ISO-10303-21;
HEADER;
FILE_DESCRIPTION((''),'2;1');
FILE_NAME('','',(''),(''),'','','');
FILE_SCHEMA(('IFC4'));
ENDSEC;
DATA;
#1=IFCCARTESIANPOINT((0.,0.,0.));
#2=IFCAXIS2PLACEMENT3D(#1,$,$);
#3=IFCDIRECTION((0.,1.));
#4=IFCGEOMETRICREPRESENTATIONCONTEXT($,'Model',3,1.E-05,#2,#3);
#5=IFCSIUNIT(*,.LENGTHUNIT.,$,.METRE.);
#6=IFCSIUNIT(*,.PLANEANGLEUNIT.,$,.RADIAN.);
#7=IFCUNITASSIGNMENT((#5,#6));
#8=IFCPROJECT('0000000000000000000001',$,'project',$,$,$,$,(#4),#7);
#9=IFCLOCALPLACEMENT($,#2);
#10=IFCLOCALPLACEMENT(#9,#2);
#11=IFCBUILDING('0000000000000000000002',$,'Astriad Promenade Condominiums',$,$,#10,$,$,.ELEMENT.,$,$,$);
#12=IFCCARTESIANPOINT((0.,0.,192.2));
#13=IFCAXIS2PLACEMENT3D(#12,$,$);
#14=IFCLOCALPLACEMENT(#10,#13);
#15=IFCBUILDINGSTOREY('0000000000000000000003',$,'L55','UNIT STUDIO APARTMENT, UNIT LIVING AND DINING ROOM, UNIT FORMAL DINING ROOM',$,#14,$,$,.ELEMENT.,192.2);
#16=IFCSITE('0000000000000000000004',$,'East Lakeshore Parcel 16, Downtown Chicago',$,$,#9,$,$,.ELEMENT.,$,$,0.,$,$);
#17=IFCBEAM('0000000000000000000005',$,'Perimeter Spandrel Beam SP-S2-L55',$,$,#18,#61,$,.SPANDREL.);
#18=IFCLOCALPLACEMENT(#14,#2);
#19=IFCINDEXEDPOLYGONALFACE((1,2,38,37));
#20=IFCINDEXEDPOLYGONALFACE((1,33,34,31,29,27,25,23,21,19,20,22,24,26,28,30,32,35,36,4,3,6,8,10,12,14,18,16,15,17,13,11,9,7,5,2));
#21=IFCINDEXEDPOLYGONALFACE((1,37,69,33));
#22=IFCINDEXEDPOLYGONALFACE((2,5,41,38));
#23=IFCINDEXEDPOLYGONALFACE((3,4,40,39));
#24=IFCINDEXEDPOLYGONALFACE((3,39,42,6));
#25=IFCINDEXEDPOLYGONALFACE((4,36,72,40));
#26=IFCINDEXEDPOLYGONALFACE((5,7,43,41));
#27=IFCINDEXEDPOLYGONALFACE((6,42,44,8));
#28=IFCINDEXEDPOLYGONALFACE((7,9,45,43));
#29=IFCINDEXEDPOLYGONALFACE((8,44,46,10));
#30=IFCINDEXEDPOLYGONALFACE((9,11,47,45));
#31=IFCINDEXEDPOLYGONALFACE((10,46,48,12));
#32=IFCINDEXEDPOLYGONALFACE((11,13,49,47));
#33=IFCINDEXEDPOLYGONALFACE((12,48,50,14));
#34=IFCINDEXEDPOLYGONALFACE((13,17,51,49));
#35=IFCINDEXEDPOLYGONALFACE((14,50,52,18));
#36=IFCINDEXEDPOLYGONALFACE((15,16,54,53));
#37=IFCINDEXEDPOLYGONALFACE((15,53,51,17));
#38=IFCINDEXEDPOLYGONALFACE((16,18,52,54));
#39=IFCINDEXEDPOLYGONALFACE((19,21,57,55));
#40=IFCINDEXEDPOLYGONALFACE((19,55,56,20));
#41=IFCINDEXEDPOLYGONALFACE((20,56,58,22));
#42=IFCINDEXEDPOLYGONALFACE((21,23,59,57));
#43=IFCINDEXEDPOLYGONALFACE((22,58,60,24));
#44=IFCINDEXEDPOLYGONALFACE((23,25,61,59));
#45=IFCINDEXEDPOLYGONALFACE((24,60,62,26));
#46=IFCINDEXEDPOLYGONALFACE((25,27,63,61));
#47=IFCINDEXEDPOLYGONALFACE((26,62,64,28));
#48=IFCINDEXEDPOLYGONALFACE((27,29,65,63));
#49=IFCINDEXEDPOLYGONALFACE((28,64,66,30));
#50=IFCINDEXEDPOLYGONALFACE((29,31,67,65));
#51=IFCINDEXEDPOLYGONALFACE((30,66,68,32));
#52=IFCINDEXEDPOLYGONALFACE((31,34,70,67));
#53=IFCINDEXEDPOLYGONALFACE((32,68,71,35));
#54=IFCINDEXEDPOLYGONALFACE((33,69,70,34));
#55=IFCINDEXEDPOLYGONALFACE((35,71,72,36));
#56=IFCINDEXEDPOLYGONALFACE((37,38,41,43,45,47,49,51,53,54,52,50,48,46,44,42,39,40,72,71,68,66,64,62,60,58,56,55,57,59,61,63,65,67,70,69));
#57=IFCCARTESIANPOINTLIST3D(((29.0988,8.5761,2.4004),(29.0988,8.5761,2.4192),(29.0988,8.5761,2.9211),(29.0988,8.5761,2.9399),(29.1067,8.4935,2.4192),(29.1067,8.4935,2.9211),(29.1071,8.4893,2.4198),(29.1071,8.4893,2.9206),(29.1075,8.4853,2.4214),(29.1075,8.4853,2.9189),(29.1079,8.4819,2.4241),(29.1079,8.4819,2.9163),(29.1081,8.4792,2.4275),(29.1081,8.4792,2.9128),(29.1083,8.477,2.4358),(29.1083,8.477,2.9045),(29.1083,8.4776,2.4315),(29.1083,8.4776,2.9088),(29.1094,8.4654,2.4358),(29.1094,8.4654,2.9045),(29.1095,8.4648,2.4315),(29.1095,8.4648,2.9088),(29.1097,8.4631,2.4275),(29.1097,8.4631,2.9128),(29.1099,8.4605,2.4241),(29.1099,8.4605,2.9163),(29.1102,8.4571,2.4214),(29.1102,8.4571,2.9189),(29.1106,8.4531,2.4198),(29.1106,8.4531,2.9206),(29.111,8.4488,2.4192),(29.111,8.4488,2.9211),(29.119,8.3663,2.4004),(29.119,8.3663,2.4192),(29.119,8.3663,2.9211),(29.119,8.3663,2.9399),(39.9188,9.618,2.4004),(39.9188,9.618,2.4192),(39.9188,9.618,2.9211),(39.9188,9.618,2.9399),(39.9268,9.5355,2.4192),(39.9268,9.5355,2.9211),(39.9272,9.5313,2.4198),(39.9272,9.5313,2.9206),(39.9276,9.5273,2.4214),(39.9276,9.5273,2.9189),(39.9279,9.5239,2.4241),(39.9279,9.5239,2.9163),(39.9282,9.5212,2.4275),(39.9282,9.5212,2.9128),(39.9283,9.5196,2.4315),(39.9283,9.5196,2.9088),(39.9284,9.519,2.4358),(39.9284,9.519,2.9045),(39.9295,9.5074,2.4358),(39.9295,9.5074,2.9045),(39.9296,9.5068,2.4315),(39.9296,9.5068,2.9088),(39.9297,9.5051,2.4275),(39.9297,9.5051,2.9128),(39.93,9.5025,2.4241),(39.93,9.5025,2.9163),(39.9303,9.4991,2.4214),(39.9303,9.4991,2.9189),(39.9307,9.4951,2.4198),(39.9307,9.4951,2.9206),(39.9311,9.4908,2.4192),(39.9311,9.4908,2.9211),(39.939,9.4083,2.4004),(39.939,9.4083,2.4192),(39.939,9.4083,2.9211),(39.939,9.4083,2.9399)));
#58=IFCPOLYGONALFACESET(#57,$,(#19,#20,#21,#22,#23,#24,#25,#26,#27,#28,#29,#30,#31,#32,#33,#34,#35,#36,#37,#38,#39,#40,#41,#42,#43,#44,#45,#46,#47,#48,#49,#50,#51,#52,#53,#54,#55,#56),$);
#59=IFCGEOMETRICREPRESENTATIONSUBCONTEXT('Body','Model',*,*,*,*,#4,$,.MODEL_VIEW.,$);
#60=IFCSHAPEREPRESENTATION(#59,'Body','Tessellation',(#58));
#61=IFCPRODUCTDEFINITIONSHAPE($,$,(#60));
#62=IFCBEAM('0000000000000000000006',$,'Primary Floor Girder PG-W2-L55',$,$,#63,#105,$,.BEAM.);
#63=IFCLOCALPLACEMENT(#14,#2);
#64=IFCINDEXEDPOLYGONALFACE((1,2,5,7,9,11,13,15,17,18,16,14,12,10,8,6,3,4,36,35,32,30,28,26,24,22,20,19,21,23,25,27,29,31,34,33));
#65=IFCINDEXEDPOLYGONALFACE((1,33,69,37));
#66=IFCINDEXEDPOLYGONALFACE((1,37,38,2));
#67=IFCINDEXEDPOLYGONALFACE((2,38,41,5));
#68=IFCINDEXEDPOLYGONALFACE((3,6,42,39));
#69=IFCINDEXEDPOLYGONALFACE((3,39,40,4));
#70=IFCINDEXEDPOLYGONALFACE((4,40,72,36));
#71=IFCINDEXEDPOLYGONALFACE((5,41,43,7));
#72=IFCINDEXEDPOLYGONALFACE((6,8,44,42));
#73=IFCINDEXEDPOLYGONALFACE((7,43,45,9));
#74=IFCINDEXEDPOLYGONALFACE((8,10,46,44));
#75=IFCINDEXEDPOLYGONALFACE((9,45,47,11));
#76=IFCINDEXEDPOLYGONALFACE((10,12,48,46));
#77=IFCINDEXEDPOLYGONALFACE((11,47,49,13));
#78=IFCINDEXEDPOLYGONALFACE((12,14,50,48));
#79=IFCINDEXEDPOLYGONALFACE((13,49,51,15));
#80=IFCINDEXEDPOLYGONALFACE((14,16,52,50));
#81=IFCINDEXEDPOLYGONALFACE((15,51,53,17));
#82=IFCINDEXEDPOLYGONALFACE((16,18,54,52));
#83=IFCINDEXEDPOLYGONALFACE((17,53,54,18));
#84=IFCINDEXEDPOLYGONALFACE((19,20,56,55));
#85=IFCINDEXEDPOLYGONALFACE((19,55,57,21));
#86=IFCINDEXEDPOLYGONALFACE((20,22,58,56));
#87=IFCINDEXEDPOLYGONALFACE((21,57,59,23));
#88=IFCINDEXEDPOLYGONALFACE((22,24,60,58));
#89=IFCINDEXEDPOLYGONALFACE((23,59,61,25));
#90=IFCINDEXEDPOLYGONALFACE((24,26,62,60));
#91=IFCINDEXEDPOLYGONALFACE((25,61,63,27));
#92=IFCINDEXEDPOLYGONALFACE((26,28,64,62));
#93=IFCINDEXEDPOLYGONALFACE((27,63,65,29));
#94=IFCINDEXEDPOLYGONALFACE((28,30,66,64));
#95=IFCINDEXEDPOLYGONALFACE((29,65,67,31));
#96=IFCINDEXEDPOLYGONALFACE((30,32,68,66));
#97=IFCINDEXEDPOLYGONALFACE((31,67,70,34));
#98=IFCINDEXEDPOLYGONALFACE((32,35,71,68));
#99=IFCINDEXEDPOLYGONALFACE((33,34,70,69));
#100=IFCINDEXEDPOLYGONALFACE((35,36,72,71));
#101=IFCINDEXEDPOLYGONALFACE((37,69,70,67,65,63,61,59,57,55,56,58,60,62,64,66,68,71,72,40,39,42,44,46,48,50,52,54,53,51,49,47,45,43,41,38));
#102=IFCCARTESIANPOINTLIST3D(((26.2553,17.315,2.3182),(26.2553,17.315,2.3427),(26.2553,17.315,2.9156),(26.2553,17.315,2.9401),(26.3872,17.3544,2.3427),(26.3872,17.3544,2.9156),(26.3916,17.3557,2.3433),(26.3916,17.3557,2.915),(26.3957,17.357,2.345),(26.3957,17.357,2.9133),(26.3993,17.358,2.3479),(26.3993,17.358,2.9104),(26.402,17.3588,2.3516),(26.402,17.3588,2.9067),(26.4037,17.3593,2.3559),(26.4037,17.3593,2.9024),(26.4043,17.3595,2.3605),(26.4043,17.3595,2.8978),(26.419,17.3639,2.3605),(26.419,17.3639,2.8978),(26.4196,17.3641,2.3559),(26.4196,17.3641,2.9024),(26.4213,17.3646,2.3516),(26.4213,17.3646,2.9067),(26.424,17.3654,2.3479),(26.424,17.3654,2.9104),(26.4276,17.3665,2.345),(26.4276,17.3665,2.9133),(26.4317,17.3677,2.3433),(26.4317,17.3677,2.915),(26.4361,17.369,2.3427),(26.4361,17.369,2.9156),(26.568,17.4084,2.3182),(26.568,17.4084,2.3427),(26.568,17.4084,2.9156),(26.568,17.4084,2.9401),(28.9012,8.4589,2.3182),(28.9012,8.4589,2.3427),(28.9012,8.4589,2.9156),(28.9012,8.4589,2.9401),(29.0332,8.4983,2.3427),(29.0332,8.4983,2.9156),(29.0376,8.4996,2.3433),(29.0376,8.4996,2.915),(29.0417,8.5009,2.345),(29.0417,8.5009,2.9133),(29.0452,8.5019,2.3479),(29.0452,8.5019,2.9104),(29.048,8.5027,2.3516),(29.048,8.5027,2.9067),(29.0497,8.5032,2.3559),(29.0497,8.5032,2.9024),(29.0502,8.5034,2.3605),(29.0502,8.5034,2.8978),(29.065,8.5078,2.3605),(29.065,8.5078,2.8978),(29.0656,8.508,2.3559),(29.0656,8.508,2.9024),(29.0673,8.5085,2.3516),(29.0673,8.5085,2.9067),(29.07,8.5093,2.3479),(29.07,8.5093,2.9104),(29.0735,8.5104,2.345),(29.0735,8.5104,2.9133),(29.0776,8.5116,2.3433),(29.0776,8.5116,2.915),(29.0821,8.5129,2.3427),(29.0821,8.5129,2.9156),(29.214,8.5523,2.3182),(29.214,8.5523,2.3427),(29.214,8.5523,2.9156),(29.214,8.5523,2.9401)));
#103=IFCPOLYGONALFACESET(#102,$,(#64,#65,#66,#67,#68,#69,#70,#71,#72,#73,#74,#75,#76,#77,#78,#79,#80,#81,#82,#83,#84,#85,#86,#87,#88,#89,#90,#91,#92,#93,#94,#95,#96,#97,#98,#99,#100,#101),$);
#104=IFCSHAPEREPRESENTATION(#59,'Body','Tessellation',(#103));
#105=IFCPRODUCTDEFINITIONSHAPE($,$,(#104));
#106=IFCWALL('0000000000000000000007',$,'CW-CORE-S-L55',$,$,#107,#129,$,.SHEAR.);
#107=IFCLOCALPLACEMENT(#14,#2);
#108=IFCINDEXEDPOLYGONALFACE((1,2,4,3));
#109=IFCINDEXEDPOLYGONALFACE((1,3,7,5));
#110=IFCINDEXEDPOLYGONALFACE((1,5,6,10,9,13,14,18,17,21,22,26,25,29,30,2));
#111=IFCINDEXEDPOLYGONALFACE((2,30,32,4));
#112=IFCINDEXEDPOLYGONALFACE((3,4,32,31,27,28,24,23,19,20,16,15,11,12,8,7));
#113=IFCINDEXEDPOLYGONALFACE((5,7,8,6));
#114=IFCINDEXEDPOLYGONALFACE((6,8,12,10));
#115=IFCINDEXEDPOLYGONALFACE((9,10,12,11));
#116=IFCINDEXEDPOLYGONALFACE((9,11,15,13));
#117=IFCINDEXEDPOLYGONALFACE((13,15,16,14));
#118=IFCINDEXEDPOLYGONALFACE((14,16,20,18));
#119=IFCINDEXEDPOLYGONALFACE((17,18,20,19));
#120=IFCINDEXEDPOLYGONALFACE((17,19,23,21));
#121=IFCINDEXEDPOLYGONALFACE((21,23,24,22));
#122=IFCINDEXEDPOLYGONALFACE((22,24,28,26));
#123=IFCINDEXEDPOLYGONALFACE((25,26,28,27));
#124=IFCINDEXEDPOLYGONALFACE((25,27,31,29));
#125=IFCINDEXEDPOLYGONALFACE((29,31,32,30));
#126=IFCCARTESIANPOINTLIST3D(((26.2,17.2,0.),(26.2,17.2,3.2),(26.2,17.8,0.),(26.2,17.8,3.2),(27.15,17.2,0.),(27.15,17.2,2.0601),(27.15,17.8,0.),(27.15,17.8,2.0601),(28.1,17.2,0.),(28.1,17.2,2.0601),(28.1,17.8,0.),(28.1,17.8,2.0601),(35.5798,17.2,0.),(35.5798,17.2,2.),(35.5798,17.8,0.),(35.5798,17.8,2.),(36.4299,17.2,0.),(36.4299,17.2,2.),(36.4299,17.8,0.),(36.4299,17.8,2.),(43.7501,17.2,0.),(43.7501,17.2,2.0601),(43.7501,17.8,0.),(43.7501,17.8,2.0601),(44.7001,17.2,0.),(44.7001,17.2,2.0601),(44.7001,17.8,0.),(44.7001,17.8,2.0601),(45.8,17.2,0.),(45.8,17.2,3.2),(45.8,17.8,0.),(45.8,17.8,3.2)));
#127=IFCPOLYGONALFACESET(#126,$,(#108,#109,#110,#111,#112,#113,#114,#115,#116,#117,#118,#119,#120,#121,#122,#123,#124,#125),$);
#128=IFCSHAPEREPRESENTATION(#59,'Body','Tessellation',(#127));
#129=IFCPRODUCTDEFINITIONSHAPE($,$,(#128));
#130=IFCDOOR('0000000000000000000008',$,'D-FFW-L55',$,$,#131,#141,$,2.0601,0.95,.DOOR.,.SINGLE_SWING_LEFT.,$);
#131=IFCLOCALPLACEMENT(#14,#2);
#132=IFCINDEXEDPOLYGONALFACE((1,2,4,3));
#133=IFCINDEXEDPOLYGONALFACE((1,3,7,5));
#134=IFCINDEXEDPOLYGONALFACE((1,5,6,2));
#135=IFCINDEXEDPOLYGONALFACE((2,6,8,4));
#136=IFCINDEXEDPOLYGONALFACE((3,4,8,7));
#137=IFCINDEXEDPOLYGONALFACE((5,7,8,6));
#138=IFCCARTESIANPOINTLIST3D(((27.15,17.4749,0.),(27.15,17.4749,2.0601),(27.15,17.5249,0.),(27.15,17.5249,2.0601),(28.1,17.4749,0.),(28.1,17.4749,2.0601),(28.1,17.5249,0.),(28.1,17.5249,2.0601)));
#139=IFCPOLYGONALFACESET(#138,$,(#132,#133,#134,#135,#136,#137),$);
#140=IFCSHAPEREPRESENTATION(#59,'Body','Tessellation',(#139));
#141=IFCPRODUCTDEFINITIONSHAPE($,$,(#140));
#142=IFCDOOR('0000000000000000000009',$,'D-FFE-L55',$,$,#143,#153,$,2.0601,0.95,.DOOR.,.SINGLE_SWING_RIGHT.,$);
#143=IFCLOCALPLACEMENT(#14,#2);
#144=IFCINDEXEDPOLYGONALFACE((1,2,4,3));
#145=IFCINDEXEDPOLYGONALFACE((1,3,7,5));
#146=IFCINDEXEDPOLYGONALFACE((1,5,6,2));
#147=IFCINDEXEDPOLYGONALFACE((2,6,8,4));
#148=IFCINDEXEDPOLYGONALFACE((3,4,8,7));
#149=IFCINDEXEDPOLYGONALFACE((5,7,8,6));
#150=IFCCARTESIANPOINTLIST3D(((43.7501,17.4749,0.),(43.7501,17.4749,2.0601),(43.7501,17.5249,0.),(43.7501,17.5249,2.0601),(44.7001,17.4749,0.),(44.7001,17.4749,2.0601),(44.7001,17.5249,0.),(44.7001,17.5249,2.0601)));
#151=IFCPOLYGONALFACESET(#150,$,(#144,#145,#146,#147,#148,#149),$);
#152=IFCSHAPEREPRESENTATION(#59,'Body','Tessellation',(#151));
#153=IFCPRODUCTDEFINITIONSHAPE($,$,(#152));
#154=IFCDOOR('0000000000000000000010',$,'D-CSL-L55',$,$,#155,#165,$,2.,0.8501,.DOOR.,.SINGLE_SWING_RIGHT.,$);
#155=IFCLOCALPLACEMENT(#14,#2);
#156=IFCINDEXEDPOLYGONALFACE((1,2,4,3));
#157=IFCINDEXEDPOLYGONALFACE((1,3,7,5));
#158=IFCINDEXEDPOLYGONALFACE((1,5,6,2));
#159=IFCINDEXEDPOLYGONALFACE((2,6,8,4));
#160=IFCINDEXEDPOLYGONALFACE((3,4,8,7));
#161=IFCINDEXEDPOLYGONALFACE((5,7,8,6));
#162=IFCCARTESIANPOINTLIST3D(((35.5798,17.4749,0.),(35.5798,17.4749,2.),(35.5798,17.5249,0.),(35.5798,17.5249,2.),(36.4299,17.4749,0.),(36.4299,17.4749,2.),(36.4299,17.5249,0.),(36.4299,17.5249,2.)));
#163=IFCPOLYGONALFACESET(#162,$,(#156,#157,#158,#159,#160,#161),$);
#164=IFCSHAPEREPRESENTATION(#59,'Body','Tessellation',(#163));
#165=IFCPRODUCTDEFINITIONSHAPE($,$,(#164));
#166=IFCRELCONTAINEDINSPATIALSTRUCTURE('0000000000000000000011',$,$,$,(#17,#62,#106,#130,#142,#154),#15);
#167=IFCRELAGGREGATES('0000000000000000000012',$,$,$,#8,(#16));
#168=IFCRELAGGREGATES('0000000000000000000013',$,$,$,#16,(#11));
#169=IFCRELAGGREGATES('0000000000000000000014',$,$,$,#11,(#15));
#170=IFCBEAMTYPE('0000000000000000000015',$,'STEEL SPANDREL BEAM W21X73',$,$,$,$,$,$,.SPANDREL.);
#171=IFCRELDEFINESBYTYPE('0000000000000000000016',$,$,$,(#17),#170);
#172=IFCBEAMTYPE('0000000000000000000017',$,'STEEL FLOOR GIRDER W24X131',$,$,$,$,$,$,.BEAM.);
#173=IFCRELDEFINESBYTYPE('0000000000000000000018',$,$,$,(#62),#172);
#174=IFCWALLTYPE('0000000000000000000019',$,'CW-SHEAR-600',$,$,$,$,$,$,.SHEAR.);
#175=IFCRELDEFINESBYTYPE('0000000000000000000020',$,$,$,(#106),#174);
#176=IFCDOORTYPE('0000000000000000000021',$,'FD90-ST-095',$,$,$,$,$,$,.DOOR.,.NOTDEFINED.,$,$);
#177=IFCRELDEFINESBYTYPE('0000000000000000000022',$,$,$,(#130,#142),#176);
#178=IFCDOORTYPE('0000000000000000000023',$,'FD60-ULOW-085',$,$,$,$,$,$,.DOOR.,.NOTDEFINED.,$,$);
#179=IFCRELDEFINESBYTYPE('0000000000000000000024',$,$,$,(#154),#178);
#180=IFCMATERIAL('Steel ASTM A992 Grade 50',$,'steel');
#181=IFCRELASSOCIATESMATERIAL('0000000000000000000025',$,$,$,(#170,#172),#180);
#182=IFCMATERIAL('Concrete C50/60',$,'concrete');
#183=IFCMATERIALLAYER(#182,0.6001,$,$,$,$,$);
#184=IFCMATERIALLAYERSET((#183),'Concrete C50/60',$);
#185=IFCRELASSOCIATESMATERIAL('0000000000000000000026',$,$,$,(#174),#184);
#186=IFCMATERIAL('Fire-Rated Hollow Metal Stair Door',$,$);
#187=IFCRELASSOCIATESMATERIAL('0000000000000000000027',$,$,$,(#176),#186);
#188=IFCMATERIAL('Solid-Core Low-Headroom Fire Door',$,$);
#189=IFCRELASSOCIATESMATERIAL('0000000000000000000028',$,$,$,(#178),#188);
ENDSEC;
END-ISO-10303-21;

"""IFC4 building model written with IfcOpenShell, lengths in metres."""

from ifc_helpers import new_model, si_unit, direction, frame, frame_2d, origin, origin_2d, place, context, subcontext, project, spatial, rectangle, i_section, extrude, source, transform, mapped, material, layer, layer_set, material_profile, profile_set, type_object, type_shapes, element, fill, save


model = new_model("IFC4")

# Units and contexts
model_context = context("Model", 3, precision=1e-05, world=origin(), true_north=direction((0.0, 1.0)))
body_context = subcontext(model_context, "Body", "Model", "MODEL_VIEW")
ifc_project = project(units=[si_unit("LENGTHUNIT", "METRE"), si_unit("PLANEANGLEUNIT", "RADIAN")], contexts=[model_context])

# Site, building, storey
site_placement = place(None, origin())
site = spatial("IfcSite", under=ifc_project, at=site_placement, Name="East Lakeshore Parcel 16, Downtown Chicago", CompositionType="ELEMENT", RefElevation=0.0)
building_placement = place(site_placement, origin())
building = spatial("IfcBuilding", under=site, at=building_placement, Name="Astriad Promenade Condominiums", CompositionType="ELEMENT")
storey_placement = place(building_placement, frame((0.0, 0.0, 192.2)))
storey = spatial("IfcBuildingStorey", under=building, at=storey_placement, Name="L55", Description="UNIT STUDIO APARTMENT, UNIT LIVING AND DINING ROOM, UNIT FORMAL DINING ROOM", CompositionType="ELEMENT", Elevation=192.2)

# Shared definitions
ifc_material_1 = material(Name="Steel ASTM A992 Grade 50", Category="steel")
ifc_material_2 = material(Name="Concrete C50/60", Category="concrete")

# Beams
ifc_material_profile_1 = material_profile(ifc_material_1, i_section(OverallWidth=0.2107, OverallDepth=0.5396, WebThickness=0.0117, FlangeThickness=0.0188, FilletRadius=0.0166, at=origin_2d()), Name="W21X73")
ifc_profile_set_1 = profile_set([ifc_material_profile_1], Name="Steel ASTM A992 Grade 50")
beam_type_1 = type_object("IfcBeamType", Name="STEEL SPANDREL BEAM W21X73", PredefinedType="SPANDREL", material=ifc_profile_set_1)
shared_shape_1 = source(origin(), body_context, "Body", "SweptSolid", [
    extrude(i_section(OverallWidth=0.2107, OverallDepth=0.5396, WebThickness=0.0117, FlangeThickness=0.0188, FilletRadius=0.0166, at=origin_2d()), origin(), (0.0, 0.0, 1.0), 10.8701),
])
type_shapes(beam_type_1, [shared_shape_1])
beam_1_placement = place(storey_placement, frame((29.1089, 8.4712, 2.6702), z_axis=(0.995395, 0.095858, 0.0), x_axis=(-0.095858, 0.995395, 0.0)))
element("IfcBeam", 1, at=beam_1_placement, inside=storey, type_object=beam_type_1, Name="Perimeter Spandrel Beam SP-S2-L55", PredefinedType="SPANDREL", context=body_context, shape_type="MappedRepresentation", body=[
    mapped(shared_shape_1, transform((0.0, 0.0, 0.0), scale=1.0)),
])
ifc_material_profile_2 = material_profile(ifc_material_1, i_section(OverallWidth=0.3264, OverallDepth=0.6218, WebThickness=0.0154, FlangeThickness=0.0244, FilletRadius=0.0178, at=origin_2d()), Name="W24X131")
ifc_profile_set_2 = profile_set([ifc_material_profile_2], Name="Steel ASTM A992 Grade 50")
beam_type_2 = type_object("IfcBeamType", Name="STEEL FLOOR GIRDER W24X131", PredefinedType="BEAM", material=ifc_profile_set_2)
shared_shape_2 = source(origin(), body_context, "Body", "SweptSolid", [
    extrude(i_section(OverallWidth=0.3264, OverallDepth=0.6218, WebThickness=0.0154, FlangeThickness=0.0244, FilletRadius=0.0178, at=origin_2d()), origin(), (0.0, 0.0, 1.0), 9.2429),
])
type_shapes(beam_type_2, [shared_shape_2])
beam_2_placement = place(storey_placement, frame((29.0576, 8.5056, 2.6292), z_axis=(-0.286269, 0.958149, 0.0), x_axis=(-0.958149, -0.286269, 0.0)))
element("IfcBeam", 2, at=beam_2_placement, inside=storey, type_object=beam_type_2, Name="Primary Floor Girder PG-W2-L55", PredefinedType="BEAM", context=body_context, shape_type="MappedRepresentation", body=[
    mapped(shared_shape_2, transform((0.0, 0.0, 0.0), scale=1.0)),
])

# Wall, openings, doors
ifc_layer_1 = layer(ifc_material_2, 0.6001)
ifc_layer_set_1 = layer_set([ifc_layer_1], Name="Concrete C50/60")
wall_type_1 = type_object("IfcWallType", Name="CW-SHEAR-600", PredefinedType="SHEAR", material=ifc_layer_set_1)
wall_1_placement = place(storey_placement, frame((26.2, 17.5, 0.0), z_axis=(0.0, 0.0, 1.0), x_axis=(1.0, 0.0, 0.0)))
wall_1 = element("IfcWall", 3, at=wall_1_placement, inside=storey, type_object=wall_type_1, Name="CW-CORE-S-L55", PredefinedType="SHEAR", context=body_context, shape_type="SweptSolid", body=[
    extrude(rectangle(XDim=19.6001, YDim=0.6001, at=frame_2d((9.8, 0.0))), origin(), (0.0, 0.0, 1.0), 3.2),
])
opening_1_placement = place(wall_1_placement, frame((0.95, 0.0, 0.0)))
opening_1 = element("IfcOpeningElement", 4, at=opening_1_placement, cuts=wall_1, PredefinedType="OPENING", context=body_context, shape_type="SweptSolid", body=[
    extrude(rectangle(XDim=0.95, YDim=2.0601, at=frame_2d((0.4751, 1.03))), frame((0.0, 0.3101, 0.0), z_axis=(0.0, -1.0, 0.0), x_axis=(1.0, 0.0, 0.0)), (0.0, 0.0, 1.0), 0.6201),
])
opening_2_placement = place(wall_1_placement, frame((9.3799, 0.0, 0.0)))
opening_2 = element("IfcOpeningElement", 5, at=opening_2_placement, cuts=wall_1, PredefinedType="OPENING", context=body_context, shape_type="SweptSolid", body=[
    extrude(rectangle(XDim=0.8501, YDim=2.0, at=frame_2d((0.425, 1.0))), frame((0.0, 0.3101, 0.0), z_axis=(0.0, -1.0, 0.0), x_axis=(1.0, 0.0, 0.0)), (0.0, 0.0, 1.0), 0.6201),
])
opening_3_placement = place(wall_1_placement, frame((17.55, 0.0, 0.0)))
opening_3 = element("IfcOpeningElement", 6, at=opening_3_placement, cuts=wall_1, PredefinedType="OPENING", context=body_context, shape_type="SweptSolid", body=[
    extrude(rectangle(XDim=0.95, YDim=2.0601, at=frame_2d((0.4751, 1.03))), frame((0.0, 0.3101, 0.0), z_axis=(0.0, -1.0, 0.0), x_axis=(1.0, 0.0, 0.0)), (0.0, 0.0, 1.0), 0.6201),
])
ifc_material_3 = material(Name="Fire-Rated Hollow Metal Stair Door")
door_type_1 = type_object("IfcDoorType", Name="FD90-ST-095", OperationType="NOTDEFINED", PredefinedType="DOOR", material=ifc_material_3)
shared_shape_3 = source(origin(), body_context, "Body", "SweptSolid", [
    extrude(rectangle(XDim=0.95, YDim=2.0601, at=frame_2d((0.4751, 1.03))), frame((0.0, 0.0249, 0.0), z_axis=(0.0, -1.0, 0.0), x_axis=(1.0, 0.0, 0.0)), (0.0, 0.0, 1.0), 0.05),
])
type_shapes(door_type_1, [shared_shape_3])
door_1_placement = place(opening_1_placement, origin())
door_1 = element("IfcDoor", 7, at=door_1_placement, inside=storey, type_object=door_type_1, Name="D-FFW-L55", OperationType="SINGLE_SWING_LEFT", OverallHeight=2.0601, OverallWidth=0.95, PredefinedType="DOOR", context=body_context, shape_type="MappedRepresentation", body=[
    mapped(shared_shape_3, transform((0.0, 0.0, 0.0), scale=1.0)),
])
fill(opening_1, door_1)
door_2_placement = place(opening_3_placement, origin())
door_2 = element("IfcDoor", 8, at=door_2_placement, inside=storey, type_object=door_type_1, Name="D-FFE-L55", OperationType="SINGLE_SWING_RIGHT", OverallHeight=2.0601, OverallWidth=0.95, PredefinedType="DOOR", context=body_context, shape_type="MappedRepresentation", body=[
    mapped(shared_shape_3, transform((0.0, 0.0, 0.0), scale=1.0)),
])
fill(opening_3, door_2)
ifc_material_4 = material(Name="Solid-Core Low-Headroom Fire Door")
door_type_2 = type_object("IfcDoorType", Name="FD60-ULOW-085", OperationType="NOTDEFINED", PredefinedType="DOOR", material=ifc_material_4)
shared_shape_4 = source(origin(), body_context, "Body", "SweptSolid", [
    extrude(rectangle(XDim=0.8501, YDim=2.0, at=frame_2d((0.425, 1.0))), frame((0.0, 0.0249, 0.0), z_axis=(0.0, -1.0, 0.0), x_axis=(1.0, 0.0, 0.0)), (0.0, 0.0, 1.0), 0.05),
])
type_shapes(door_type_2, [shared_shape_4])
door_3_placement = place(opening_2_placement, origin())
door_3 = element("IfcDoor", 9, at=door_3_placement, inside=storey, type_object=door_type_2, Name="D-CSL-L55", OperationType="SINGLE_SWING_RIGHT", OverallHeight=2.0, OverallWidth=0.8501, PredefinedType="DOOR", context=body_context, shape_type="MappedRepresentation", body=[
    mapped(shared_shape_4, transform((0.0, 0.0, 0.0), scale=1.0)),
])
fill(opening_2, door_3)

save(model, "model.ifc")
